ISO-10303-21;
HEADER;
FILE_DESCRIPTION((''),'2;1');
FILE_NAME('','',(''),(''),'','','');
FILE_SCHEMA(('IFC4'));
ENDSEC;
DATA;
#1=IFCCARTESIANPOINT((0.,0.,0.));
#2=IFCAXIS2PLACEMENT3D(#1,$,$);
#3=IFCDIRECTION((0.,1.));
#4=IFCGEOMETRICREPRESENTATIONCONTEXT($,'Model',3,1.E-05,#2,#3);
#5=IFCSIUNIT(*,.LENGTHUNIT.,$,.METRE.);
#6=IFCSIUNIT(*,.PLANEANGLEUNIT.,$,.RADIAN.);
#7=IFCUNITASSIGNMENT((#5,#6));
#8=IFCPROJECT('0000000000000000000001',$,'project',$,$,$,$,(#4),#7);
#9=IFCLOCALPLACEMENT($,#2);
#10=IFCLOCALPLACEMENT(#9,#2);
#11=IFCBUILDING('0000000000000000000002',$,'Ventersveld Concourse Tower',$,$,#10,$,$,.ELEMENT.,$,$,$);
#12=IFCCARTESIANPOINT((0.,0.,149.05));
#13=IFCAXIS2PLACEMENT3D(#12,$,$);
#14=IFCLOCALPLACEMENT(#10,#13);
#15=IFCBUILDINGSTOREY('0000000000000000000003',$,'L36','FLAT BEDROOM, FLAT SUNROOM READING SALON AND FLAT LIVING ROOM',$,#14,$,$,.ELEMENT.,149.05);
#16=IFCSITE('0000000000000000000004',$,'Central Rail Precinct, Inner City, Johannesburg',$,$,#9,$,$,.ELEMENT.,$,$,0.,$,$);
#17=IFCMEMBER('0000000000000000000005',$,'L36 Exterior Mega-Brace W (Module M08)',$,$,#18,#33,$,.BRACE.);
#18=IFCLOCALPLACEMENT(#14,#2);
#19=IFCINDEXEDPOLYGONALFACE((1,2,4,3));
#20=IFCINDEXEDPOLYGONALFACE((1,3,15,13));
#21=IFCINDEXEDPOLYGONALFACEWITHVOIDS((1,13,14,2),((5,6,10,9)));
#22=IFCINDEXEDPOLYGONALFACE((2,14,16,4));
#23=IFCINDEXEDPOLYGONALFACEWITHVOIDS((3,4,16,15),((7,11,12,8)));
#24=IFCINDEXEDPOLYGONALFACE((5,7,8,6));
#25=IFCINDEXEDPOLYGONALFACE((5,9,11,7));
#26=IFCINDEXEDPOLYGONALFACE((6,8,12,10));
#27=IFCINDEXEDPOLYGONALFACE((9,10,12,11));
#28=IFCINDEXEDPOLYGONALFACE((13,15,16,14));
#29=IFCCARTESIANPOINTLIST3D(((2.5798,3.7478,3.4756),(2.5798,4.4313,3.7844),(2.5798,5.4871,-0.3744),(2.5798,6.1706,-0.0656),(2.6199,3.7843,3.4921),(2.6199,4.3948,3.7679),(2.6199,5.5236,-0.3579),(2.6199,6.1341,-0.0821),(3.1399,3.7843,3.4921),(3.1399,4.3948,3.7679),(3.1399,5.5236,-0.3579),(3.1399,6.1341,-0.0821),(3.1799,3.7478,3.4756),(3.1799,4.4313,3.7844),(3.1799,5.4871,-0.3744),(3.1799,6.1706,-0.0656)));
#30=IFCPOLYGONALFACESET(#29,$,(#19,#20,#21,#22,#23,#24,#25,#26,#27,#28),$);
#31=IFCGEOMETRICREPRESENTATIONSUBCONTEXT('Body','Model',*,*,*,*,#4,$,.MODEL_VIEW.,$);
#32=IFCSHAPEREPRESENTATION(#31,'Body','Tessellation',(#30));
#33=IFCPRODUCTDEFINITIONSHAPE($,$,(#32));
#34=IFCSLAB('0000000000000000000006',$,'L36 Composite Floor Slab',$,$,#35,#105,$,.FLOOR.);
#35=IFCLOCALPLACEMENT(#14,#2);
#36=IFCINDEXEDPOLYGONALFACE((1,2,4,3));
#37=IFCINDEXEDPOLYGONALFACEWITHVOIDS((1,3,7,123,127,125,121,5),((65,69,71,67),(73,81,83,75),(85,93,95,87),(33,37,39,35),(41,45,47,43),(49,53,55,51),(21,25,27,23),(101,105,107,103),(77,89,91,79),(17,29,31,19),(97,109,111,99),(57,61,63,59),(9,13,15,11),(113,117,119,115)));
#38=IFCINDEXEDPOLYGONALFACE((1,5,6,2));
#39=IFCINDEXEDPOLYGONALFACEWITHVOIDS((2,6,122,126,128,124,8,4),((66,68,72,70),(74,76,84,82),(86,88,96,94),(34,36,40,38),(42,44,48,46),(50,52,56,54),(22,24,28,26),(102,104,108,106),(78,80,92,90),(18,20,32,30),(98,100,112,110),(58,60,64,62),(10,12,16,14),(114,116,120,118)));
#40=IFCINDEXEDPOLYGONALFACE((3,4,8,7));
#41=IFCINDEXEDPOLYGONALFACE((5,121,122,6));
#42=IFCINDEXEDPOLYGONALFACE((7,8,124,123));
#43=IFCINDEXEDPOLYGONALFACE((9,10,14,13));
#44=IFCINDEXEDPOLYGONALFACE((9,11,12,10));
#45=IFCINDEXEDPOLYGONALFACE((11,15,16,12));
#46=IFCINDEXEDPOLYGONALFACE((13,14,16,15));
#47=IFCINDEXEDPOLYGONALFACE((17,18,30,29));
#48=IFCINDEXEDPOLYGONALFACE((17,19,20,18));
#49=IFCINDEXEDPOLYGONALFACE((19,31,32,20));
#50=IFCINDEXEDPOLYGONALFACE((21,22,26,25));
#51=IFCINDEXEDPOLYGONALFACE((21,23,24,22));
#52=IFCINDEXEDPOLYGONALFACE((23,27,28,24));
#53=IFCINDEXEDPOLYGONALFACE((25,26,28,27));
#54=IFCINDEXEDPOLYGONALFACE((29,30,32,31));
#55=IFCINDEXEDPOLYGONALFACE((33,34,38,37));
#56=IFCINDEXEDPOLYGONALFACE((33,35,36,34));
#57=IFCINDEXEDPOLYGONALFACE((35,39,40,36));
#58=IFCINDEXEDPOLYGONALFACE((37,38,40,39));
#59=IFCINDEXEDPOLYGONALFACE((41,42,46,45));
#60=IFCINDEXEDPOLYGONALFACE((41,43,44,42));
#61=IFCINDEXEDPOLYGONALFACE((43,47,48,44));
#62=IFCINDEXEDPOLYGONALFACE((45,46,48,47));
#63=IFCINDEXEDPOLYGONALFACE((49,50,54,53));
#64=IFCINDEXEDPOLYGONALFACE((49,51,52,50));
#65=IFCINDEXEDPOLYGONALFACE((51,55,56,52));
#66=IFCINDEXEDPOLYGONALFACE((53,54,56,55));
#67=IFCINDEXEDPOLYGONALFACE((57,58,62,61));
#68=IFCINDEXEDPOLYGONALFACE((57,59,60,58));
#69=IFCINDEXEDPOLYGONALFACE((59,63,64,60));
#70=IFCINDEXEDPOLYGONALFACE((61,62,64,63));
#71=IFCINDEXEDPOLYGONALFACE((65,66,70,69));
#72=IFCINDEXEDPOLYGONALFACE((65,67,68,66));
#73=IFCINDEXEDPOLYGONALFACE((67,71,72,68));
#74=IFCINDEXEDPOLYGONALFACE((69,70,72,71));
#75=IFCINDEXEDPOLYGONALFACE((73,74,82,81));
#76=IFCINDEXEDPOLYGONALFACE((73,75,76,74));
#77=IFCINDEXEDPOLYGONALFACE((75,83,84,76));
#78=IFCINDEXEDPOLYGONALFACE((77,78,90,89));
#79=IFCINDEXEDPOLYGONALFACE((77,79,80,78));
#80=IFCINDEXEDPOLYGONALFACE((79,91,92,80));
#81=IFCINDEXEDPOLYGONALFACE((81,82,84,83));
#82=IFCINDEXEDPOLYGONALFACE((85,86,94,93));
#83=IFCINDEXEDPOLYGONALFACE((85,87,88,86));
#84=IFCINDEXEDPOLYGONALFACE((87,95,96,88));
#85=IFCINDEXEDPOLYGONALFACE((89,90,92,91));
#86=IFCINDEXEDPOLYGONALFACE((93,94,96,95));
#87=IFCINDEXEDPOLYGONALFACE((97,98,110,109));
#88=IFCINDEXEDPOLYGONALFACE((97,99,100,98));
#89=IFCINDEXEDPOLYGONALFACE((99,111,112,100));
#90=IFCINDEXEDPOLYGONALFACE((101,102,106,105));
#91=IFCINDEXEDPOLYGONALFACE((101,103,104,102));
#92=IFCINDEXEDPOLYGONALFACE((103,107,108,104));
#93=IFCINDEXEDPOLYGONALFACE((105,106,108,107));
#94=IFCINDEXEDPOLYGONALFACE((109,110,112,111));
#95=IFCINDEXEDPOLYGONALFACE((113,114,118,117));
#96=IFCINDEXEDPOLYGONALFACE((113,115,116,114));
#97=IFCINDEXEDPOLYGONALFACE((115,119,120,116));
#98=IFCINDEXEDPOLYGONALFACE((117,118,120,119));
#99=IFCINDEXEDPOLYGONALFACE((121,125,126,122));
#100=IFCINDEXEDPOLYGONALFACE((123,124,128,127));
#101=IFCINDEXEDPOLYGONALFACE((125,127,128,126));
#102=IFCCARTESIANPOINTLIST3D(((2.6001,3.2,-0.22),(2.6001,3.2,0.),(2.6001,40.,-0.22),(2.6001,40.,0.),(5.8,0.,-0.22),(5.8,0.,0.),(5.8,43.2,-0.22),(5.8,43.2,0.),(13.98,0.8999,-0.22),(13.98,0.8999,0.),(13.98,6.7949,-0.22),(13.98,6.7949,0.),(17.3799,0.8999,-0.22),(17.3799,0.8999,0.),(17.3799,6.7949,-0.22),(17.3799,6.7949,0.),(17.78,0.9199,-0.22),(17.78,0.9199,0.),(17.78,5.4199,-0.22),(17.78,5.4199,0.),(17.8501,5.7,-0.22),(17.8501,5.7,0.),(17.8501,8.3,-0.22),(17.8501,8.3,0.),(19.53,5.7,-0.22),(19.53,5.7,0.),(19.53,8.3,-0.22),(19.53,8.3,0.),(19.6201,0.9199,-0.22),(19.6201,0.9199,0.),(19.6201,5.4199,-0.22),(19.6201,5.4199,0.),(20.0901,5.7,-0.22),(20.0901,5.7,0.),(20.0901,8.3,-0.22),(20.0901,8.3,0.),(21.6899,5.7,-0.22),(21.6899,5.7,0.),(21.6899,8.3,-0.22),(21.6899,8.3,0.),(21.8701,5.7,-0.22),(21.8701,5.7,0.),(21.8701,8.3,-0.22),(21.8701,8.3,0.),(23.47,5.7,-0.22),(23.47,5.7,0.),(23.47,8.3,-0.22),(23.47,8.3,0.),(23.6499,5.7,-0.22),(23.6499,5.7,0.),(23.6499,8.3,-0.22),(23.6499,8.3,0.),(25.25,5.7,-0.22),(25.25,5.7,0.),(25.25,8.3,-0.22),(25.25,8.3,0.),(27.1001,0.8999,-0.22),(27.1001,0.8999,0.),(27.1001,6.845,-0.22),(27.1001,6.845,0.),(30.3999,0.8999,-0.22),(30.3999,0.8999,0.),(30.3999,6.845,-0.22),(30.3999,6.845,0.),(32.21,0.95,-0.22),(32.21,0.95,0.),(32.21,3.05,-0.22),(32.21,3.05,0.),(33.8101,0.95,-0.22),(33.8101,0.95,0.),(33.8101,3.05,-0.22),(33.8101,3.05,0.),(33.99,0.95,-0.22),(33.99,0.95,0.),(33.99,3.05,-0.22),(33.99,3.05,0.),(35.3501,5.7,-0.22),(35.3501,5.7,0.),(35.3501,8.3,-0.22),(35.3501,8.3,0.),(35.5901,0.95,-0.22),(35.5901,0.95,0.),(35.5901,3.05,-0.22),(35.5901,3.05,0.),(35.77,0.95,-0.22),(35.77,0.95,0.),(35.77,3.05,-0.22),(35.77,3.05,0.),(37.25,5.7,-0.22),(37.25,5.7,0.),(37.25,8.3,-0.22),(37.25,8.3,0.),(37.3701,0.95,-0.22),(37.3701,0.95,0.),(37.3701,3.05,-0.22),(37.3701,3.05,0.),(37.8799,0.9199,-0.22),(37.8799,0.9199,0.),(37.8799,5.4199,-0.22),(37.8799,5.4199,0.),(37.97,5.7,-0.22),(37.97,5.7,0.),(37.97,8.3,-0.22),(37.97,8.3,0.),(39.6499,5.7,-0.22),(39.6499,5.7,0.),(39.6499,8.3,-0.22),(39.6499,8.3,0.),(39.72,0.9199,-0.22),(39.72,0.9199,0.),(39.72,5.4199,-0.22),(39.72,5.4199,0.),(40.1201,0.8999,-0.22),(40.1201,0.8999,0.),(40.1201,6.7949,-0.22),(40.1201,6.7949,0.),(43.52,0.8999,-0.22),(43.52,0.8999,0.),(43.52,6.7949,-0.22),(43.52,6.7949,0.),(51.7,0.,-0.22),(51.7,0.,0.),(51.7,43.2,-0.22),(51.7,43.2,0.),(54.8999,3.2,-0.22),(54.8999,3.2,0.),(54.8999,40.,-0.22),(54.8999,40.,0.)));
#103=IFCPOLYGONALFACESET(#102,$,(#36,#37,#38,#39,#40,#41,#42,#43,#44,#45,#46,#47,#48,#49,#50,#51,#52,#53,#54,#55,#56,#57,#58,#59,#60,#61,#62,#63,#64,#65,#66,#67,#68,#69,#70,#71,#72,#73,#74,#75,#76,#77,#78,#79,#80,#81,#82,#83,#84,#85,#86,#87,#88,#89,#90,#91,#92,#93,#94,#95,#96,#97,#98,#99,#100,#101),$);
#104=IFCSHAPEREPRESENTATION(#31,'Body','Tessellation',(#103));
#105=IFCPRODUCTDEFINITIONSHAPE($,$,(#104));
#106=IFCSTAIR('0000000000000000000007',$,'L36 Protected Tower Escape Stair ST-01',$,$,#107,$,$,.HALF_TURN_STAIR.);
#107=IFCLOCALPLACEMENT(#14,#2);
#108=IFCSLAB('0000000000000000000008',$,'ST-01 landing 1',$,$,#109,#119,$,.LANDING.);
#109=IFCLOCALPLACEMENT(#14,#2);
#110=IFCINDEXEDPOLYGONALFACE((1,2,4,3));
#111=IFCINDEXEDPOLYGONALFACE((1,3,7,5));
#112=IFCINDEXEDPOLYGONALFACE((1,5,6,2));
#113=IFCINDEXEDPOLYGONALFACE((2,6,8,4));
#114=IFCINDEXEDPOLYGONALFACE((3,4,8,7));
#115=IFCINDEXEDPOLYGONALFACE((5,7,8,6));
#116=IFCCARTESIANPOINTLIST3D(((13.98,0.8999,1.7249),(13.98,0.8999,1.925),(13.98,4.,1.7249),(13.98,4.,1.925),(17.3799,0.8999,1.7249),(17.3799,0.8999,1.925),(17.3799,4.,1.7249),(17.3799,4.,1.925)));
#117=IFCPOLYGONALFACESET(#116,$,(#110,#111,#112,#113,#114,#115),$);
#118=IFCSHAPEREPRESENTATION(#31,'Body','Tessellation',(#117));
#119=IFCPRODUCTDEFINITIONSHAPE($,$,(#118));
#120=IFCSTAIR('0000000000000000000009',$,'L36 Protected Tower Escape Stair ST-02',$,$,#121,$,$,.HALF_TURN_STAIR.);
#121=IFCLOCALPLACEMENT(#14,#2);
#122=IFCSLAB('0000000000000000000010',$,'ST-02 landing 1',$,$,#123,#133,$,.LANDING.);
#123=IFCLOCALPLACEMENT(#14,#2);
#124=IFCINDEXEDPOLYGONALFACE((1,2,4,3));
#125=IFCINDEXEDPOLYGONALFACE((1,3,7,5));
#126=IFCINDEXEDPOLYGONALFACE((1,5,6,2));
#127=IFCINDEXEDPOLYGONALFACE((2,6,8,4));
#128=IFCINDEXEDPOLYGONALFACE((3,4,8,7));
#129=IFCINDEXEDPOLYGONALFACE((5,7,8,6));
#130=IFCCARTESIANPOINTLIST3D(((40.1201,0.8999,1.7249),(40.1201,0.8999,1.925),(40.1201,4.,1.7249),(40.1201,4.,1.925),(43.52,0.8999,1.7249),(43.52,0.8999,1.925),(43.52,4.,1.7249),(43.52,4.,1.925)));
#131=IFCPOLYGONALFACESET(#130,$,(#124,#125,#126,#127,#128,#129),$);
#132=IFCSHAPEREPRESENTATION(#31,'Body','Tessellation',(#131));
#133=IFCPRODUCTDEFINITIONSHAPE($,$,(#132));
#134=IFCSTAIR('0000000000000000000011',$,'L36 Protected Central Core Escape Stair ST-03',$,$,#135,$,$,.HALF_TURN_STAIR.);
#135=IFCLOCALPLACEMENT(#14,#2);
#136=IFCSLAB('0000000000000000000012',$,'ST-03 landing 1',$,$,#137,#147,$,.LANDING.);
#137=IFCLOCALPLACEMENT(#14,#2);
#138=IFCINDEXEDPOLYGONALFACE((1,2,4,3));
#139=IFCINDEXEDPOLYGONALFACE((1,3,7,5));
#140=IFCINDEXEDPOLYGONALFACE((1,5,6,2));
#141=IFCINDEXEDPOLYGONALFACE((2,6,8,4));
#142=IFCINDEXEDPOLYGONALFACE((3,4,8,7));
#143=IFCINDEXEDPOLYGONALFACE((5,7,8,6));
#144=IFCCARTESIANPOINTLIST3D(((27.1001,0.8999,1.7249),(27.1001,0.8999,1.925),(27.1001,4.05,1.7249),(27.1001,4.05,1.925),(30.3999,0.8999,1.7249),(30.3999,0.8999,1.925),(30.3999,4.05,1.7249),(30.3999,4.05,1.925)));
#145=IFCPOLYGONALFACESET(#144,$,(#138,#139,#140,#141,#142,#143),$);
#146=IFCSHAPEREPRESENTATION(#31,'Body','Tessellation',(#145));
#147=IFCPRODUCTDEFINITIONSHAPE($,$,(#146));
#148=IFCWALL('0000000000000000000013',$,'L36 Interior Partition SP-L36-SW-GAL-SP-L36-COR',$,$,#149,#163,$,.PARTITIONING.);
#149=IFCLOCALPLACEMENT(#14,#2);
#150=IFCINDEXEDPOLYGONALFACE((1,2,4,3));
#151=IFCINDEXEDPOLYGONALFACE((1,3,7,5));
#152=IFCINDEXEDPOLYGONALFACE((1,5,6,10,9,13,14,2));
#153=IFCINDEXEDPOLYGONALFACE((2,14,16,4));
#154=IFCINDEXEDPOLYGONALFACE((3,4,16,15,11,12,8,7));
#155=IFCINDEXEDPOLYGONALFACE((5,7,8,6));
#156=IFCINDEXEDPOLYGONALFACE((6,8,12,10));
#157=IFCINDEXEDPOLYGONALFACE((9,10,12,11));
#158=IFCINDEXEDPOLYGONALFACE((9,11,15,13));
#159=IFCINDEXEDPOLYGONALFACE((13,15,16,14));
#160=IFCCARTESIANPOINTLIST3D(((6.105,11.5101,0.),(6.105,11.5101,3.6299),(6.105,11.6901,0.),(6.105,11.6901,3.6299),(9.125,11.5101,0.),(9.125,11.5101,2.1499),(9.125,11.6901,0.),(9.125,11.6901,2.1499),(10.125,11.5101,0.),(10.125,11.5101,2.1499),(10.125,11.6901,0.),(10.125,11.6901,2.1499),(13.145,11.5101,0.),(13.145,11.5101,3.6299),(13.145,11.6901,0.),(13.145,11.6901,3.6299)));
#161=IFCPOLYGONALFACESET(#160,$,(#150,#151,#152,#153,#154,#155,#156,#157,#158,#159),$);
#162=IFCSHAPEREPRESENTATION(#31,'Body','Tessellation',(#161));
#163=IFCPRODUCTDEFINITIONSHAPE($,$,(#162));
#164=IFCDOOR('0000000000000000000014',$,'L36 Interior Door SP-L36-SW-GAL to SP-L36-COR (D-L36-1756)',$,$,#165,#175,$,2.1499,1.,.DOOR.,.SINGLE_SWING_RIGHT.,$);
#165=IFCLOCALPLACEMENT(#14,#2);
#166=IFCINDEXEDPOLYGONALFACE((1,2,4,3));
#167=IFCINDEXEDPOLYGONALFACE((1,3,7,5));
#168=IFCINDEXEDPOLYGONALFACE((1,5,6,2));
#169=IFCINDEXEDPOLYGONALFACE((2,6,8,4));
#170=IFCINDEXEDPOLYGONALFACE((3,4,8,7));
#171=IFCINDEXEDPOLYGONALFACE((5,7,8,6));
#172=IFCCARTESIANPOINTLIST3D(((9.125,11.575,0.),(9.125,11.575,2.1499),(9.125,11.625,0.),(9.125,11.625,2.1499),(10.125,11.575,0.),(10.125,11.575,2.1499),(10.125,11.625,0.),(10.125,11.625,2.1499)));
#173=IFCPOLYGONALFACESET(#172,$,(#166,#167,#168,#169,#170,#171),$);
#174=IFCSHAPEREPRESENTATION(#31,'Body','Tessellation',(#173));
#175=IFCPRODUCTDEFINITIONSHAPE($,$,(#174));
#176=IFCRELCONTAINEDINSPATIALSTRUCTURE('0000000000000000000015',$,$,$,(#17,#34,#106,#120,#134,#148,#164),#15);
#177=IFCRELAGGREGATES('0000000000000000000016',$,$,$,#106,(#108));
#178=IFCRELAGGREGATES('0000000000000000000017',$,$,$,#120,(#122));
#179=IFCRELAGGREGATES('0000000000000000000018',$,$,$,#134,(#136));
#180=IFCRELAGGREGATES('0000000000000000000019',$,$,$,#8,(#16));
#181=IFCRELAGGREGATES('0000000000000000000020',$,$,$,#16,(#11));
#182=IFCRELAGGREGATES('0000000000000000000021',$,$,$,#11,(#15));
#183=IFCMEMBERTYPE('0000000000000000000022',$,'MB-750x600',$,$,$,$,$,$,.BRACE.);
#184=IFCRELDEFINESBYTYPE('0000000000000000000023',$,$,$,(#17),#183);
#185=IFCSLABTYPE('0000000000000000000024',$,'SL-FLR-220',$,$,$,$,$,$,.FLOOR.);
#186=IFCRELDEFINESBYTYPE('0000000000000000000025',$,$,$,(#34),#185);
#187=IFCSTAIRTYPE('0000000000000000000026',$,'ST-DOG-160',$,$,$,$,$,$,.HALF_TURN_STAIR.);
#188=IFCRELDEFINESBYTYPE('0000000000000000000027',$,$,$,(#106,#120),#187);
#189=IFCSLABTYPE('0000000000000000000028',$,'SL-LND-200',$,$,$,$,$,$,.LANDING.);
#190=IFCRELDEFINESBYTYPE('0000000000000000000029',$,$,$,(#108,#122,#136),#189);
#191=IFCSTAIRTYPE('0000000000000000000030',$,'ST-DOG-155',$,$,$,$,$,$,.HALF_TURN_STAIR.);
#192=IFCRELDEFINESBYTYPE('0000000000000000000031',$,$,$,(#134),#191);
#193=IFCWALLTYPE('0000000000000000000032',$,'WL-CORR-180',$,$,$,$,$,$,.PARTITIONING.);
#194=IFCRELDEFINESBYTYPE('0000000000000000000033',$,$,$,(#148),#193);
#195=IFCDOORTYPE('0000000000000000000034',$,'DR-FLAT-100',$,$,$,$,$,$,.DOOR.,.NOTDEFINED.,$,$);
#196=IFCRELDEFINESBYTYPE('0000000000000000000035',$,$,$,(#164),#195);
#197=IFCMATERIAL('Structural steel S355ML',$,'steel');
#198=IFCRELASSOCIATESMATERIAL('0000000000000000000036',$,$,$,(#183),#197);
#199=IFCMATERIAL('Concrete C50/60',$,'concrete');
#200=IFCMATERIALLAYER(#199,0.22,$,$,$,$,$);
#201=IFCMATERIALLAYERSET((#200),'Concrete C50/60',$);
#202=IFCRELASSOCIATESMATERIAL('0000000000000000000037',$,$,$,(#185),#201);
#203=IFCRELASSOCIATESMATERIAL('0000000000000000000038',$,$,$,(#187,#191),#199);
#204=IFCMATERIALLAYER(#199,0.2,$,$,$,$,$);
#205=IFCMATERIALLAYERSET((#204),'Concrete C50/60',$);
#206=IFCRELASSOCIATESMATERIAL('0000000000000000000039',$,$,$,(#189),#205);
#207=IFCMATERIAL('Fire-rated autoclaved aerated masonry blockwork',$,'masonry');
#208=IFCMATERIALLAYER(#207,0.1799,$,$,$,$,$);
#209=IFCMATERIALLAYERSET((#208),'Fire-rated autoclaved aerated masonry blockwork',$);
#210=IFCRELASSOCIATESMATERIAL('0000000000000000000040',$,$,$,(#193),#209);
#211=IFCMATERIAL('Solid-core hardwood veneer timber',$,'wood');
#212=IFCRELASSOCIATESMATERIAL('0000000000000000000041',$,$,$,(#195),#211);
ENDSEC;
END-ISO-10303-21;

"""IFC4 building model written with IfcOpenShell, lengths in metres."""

from ifc_helpers import new_model, si_unit, direction, frame, frame_2d, origin, origin_2d, place, context, subcontext, project, spatial, polyline, rectangle, hollow_rectangle, outline, extrude, material, layer, layer_set, material_profile, profile_set, type_object, element, fill, aggregate, save


model = new_model("IFC4")

# Units and contexts
model_context = context("Model", 3, precision=1e-05, world=origin(), true_north=direction((0.0, 1.0)))
body_context = subcontext(model_context, "Body", "Model", "MODEL_VIEW")
ifc_project = project(units=[si_unit("LENGTHUNIT", "METRE"), si_unit("PLANEANGLEUNIT", "RADIAN")], contexts=[model_context])

# Site, building, storey
site_placement = place(None, origin())
site = spatial("IfcSite", under=ifc_project, at=site_placement, Name="Central Rail Precinct, Inner City, Johannesburg", CompositionType="ELEMENT", RefElevation=0.0)
building_placement = place(site_placement, origin())
building = spatial("IfcBuilding", under=site, at=building_placement, Name="Ventersveld Concourse Tower", CompositionType="ELEMENT")
storey_placement = place(building_placement, frame((0.0, 0.0, 149.05)))
storey = spatial("IfcBuildingStorey", under=building, at=storey_placement, Name="L36", Description="FLAT BEDROOM, FLAT SUNROOM READING SALON AND FLAT LIVING ROOM", CompositionType="ELEMENT", Elevation=149.05)

# Member
ifc_material_1 = material(Name="Structural steel S355ML", Category="steel")
ifc_material_profile = material_profile(ifc_material_1, hollow_rectangle(XDim=0.6001, YDim=0.75, WallThickness=0.04, at=origin_2d()), Name="BOX 750x600x40")
ifc_profile_set = profile_set([ifc_material_profile], Name="Structural steel S355ML")
member_type = type_object("IfcMemberType", Name="MB-750x600", PredefinedType="BRACE", material=ifc_profile_set)
member_placement = place(storey_placement, frame((2.8799, 5.8289, -0.22), z_axis=(0.0, -0.411707, 0.911316), x_axis=(1.0, 0.0, 0.0)))
element("IfcMember", 1, at=member_placement, inside=storey, type_object=member_type, Name="L36 Exterior Mega-Brace W (Module M08)", PredefinedType="BRACE", context=body_context, shape_type="SweptSolid", body=[
    extrude(hollow_rectangle(XDim=0.6001, YDim=0.75, WallThickness=0.04, at=origin_2d()), origin(), (0.0, 0.0, 1.0), 4.2246),
])

# Slab
ifc_material_2 = material(Name="Concrete C50/60", Category="concrete")
ifc_layer_1 = layer(ifc_material_2, 0.22)
ifc_layer_set_1 = layer_set([ifc_layer_1], Name="Concrete C50/60")
slab_type_1 = type_object("IfcSlabType", Name="SL-FLR-220", PredefinedType="FLOOR", material=ifc_layer_set_1)
slab_1_placement = place(storey_placement, frame((0.0, 0.0, -0.22)))
element("IfcSlab", 2, at=slab_1_placement, inside=storey, type_object=slab_type_1, Name="L36 Composite Floor Slab", PredefinedType="FLOOR", context=body_context, shape_type="SweptSolid", body=[
    extrude(outline(polyline([(5.8, 0.0), (51.7, 0.0), (54.8999, 3.2), (54.8999, 40.0), (51.7, 43.2), (5.8, 43.2), (2.6001, 40.0), (2.6001, 3.2), (5.8, 0.0)]), holes=[polyline([(13.98, 6.7949), (13.98, 0.8999), (17.3799, 0.8999), (17.3799, 6.7949), (13.98, 6.7949)]), polyline([(40.1201, 6.7949), (40.1201, 0.8999), (43.52, 0.8999), (43.52, 6.7949), (40.1201, 6.7949)]), polyline([(27.1001, 6.845), (27.1001, 0.8999), (30.3999, 0.8999), (30.3999, 6.845), (27.1001, 6.845)]), polyline([(17.8501, 5.7), (19.53, 5.7), (19.53, 8.3), (17.8501, 8.3), (17.8501, 5.7)]), polyline([(37.97, 5.7), (39.6499, 5.7), (39.6499, 8.3), (37.97, 8.3), (37.97, 5.7)]), polyline([(35.3501, 5.7), (37.25, 5.7), (37.25, 8.3), (35.3501, 8.3), (35.3501, 5.7)]), polyline([(32.21, 0.95), (33.8101, 0.95), (33.8101, 3.05), (32.21, 3.05), (32.21, 0.95)]), polyline([(33.99, 0.95), (35.5901, 0.95), (35.5901, 3.05), (33.99, 3.05), (33.99, 0.95)]), polyline([(35.77, 0.95), (37.3701, 0.95), (37.3701, 3.05), (35.77, 3.05), (35.77, 0.95)]), polyline([(20.0901, 5.7), (21.6899, 5.7), (21.6899, 8.3), (20.0901, 8.3), (20.0901, 5.7)]), polyline([(21.8701, 5.7), (23.47, 5.7), (23.47, 8.3), (21.8701, 8.3), (21.8701, 5.7)]), polyline([(23.6499, 5.7), (25.25, 5.7), (25.25, 8.3), (23.6499, 8.3), (23.6499, 5.7)]), polyline([(17.78, 0.9199), (19.6201, 0.9199), (19.6201, 5.4199), (17.78, 5.4199), (17.78, 0.9199)]), polyline([(37.8799, 0.9199), (39.72, 0.9199), (39.72, 5.4199), (37.8799, 5.4199), (37.8799, 0.9199)])]), origin(), (0.0, 0.0, 1.0), 0.22),
])

# Stairs, slabs
stair_type_1 = type_object("IfcStairType", Name="ST-DOG-160", PredefinedType="HALF_TURN_STAIR", material=ifc_material_2)
stair_1_placement = place(storey_placement, origin())
stair_1 = element("IfcStair", 3, at=stair_1_placement, inside=storey, type_object=stair_type_1, Name="L36 Protected Tower Escape Stair ST-01", PredefinedType="HALF_TURN_STAIR")
ifc_layer_2 = layer(ifc_material_2, 0.2)
ifc_layer_set_2 = layer_set([ifc_layer_2], Name="Concrete C50/60")
slab_type_2 = type_object("IfcSlabType", Name="SL-LND-200", PredefinedType="LANDING", material=ifc_layer_set_2)
slab_2_placement = place(storey_placement, frame((0.0, 0.0, 1.7249)))
slab_2 = element("IfcSlab", 4, at=slab_2_placement, type_object=slab_type_2, Name="ST-01 landing 1", PredefinedType="LANDING", context=body_context, shape_type="SweptSolid", body=[
    extrude(outline(polyline([(13.98, 4.0), (13.98, 0.8999), (17.3799, 0.8999), (17.3799, 4.0), (13.98, 4.0)])), origin(), (0.0, 0.0, 1.0), 0.2002),
])
aggregate(stair_1, [slab_2])
stair_2_placement = place(storey_placement, origin())
stair_2 = element("IfcStair", 5, at=stair_2_placement, inside=storey, type_object=stair_type_1, Name="L36 Protected Tower Escape Stair ST-02", PredefinedType="HALF_TURN_STAIR")
slab_3_placement = place(storey_placement, frame((0.0, 0.0, 1.7249)))
slab_3 = element("IfcSlab", 6, at=slab_3_placement, type_object=slab_type_2, Name="ST-02 landing 1", PredefinedType="LANDING", context=body_context, shape_type="SweptSolid", body=[
    extrude(outline(polyline([(40.1201, 4.0), (40.1201, 0.8999), (43.52, 0.8999), (43.52, 4.0), (40.1201, 4.0)])), origin(), (0.0, 0.0, 1.0), 0.2002),
])
aggregate(stair_2, [slab_3])
stair_type_2 = type_object("IfcStairType", Name="ST-DOG-155", PredefinedType="HALF_TURN_STAIR", material=ifc_material_2)
stair_3_placement = place(storey_placement, origin())
stair_3 = element("IfcStair", 7, at=stair_3_placement, inside=storey, type_object=stair_type_2, Name="L36 Protected Central Core Escape Stair ST-03", PredefinedType="HALF_TURN_STAIR")
slab_4_placement = place(storey_placement, frame((0.0, 0.0, 1.7249)))
slab_4 = element("IfcSlab", 8, at=slab_4_placement, type_object=slab_type_2, Name="ST-03 landing 1", PredefinedType="LANDING", context=body_context, shape_type="SweptSolid", body=[
    extrude(outline(polyline([(27.1001, 4.05), (27.1001, 0.8999), (30.3999, 0.8999), (30.3999, 4.05), (27.1001, 4.05)])), origin(), (0.0, 0.0, 1.0), 0.2002),
])
aggregate(stair_3, [slab_4])

# Wall, opening, door
ifc_material_3 = material(Name="Fire-rated autoclaved aerated masonry blockwork", Category="masonry")
ifc_layer_3 = layer(ifc_material_3, 0.1799)
ifc_layer_set_3 = layer_set([ifc_layer_3], Name="Fire-rated autoclaved aerated masonry blockwork")
wall_type_1 = type_object("IfcWallType", Name="WL-CORR-180", PredefinedType="PARTITIONING", material=ifc_layer_set_3)
wall_1_placement = place(storey_placement, frame((6.105, 11.6001, 0.0), z_axis=(0.0, 0.0, 1.0), x_axis=(1.0, 0.0, 0.0)))
wall_1 = element("IfcWall", 9, at=wall_1_placement, inside=storey, type_object=wall_type_1, Name="L36 Interior Partition SP-L36-SW-GAL-SP-L36-COR", PredefinedType="PARTITIONING", context=body_context, shape_type="SweptSolid", body=[
    extrude(rectangle(XDim=7.04, YDim=0.1799, at=frame_2d((3.52, 0.0))), origin(), (0.0, 0.0, 1.0), 3.6299),
])
opening_1_placement = place(wall_1_placement, frame((3.02, 0.0, 0.0)))
opening_1 = element("IfcOpeningElement", 10, at=opening_1_placement, cuts=wall_1, PredefinedType="OPENING", context=body_context, shape_type="SweptSolid", body=[
    extrude(rectangle(XDim=1.0, YDim=2.1499, at=frame_2d((0.5, 1.075))), frame((0.0, 0.1001, 0.0), z_axis=(0.0, -1.0, 0.0), x_axis=(1.0, 0.0, 0.0)), (0.0, 0.0, 1.0), 0.2),
])
ifc_material_4 = material(Name="Solid-core hardwood veneer timber", Category="wood")
door_type = type_object("IfcDoorType", Name="DR-FLAT-100", OperationType="NOTDEFINED", PredefinedType="DOOR", material=ifc_material_4)
door_placement = place(opening_1_placement, origin())
door = element("IfcDoor", 11, at=door_placement, inside=storey, type_object=door_type, Name="L36 Interior Door SP-L36-SW-GAL to SP-L36-COR (D-L36-1756)", OperationType="SINGLE_SWING_RIGHT", OverallHeight=2.1499, OverallWidth=1.0, PredefinedType="DOOR", context=body_context, shape_type="SweptSolid", body=[
    extrude(rectangle(XDim=1.0, YDim=2.1499, at=frame_2d((0.5, 1.075))), frame((0.0, 0.0249, 0.0), z_axis=(0.0, -1.0, 0.0), x_axis=(1.0, 0.0, 0.0)), (0.0, 0.0, 1.0), 0.05),
])
fill(opening_1, door)

save(model, "model.ifc")
